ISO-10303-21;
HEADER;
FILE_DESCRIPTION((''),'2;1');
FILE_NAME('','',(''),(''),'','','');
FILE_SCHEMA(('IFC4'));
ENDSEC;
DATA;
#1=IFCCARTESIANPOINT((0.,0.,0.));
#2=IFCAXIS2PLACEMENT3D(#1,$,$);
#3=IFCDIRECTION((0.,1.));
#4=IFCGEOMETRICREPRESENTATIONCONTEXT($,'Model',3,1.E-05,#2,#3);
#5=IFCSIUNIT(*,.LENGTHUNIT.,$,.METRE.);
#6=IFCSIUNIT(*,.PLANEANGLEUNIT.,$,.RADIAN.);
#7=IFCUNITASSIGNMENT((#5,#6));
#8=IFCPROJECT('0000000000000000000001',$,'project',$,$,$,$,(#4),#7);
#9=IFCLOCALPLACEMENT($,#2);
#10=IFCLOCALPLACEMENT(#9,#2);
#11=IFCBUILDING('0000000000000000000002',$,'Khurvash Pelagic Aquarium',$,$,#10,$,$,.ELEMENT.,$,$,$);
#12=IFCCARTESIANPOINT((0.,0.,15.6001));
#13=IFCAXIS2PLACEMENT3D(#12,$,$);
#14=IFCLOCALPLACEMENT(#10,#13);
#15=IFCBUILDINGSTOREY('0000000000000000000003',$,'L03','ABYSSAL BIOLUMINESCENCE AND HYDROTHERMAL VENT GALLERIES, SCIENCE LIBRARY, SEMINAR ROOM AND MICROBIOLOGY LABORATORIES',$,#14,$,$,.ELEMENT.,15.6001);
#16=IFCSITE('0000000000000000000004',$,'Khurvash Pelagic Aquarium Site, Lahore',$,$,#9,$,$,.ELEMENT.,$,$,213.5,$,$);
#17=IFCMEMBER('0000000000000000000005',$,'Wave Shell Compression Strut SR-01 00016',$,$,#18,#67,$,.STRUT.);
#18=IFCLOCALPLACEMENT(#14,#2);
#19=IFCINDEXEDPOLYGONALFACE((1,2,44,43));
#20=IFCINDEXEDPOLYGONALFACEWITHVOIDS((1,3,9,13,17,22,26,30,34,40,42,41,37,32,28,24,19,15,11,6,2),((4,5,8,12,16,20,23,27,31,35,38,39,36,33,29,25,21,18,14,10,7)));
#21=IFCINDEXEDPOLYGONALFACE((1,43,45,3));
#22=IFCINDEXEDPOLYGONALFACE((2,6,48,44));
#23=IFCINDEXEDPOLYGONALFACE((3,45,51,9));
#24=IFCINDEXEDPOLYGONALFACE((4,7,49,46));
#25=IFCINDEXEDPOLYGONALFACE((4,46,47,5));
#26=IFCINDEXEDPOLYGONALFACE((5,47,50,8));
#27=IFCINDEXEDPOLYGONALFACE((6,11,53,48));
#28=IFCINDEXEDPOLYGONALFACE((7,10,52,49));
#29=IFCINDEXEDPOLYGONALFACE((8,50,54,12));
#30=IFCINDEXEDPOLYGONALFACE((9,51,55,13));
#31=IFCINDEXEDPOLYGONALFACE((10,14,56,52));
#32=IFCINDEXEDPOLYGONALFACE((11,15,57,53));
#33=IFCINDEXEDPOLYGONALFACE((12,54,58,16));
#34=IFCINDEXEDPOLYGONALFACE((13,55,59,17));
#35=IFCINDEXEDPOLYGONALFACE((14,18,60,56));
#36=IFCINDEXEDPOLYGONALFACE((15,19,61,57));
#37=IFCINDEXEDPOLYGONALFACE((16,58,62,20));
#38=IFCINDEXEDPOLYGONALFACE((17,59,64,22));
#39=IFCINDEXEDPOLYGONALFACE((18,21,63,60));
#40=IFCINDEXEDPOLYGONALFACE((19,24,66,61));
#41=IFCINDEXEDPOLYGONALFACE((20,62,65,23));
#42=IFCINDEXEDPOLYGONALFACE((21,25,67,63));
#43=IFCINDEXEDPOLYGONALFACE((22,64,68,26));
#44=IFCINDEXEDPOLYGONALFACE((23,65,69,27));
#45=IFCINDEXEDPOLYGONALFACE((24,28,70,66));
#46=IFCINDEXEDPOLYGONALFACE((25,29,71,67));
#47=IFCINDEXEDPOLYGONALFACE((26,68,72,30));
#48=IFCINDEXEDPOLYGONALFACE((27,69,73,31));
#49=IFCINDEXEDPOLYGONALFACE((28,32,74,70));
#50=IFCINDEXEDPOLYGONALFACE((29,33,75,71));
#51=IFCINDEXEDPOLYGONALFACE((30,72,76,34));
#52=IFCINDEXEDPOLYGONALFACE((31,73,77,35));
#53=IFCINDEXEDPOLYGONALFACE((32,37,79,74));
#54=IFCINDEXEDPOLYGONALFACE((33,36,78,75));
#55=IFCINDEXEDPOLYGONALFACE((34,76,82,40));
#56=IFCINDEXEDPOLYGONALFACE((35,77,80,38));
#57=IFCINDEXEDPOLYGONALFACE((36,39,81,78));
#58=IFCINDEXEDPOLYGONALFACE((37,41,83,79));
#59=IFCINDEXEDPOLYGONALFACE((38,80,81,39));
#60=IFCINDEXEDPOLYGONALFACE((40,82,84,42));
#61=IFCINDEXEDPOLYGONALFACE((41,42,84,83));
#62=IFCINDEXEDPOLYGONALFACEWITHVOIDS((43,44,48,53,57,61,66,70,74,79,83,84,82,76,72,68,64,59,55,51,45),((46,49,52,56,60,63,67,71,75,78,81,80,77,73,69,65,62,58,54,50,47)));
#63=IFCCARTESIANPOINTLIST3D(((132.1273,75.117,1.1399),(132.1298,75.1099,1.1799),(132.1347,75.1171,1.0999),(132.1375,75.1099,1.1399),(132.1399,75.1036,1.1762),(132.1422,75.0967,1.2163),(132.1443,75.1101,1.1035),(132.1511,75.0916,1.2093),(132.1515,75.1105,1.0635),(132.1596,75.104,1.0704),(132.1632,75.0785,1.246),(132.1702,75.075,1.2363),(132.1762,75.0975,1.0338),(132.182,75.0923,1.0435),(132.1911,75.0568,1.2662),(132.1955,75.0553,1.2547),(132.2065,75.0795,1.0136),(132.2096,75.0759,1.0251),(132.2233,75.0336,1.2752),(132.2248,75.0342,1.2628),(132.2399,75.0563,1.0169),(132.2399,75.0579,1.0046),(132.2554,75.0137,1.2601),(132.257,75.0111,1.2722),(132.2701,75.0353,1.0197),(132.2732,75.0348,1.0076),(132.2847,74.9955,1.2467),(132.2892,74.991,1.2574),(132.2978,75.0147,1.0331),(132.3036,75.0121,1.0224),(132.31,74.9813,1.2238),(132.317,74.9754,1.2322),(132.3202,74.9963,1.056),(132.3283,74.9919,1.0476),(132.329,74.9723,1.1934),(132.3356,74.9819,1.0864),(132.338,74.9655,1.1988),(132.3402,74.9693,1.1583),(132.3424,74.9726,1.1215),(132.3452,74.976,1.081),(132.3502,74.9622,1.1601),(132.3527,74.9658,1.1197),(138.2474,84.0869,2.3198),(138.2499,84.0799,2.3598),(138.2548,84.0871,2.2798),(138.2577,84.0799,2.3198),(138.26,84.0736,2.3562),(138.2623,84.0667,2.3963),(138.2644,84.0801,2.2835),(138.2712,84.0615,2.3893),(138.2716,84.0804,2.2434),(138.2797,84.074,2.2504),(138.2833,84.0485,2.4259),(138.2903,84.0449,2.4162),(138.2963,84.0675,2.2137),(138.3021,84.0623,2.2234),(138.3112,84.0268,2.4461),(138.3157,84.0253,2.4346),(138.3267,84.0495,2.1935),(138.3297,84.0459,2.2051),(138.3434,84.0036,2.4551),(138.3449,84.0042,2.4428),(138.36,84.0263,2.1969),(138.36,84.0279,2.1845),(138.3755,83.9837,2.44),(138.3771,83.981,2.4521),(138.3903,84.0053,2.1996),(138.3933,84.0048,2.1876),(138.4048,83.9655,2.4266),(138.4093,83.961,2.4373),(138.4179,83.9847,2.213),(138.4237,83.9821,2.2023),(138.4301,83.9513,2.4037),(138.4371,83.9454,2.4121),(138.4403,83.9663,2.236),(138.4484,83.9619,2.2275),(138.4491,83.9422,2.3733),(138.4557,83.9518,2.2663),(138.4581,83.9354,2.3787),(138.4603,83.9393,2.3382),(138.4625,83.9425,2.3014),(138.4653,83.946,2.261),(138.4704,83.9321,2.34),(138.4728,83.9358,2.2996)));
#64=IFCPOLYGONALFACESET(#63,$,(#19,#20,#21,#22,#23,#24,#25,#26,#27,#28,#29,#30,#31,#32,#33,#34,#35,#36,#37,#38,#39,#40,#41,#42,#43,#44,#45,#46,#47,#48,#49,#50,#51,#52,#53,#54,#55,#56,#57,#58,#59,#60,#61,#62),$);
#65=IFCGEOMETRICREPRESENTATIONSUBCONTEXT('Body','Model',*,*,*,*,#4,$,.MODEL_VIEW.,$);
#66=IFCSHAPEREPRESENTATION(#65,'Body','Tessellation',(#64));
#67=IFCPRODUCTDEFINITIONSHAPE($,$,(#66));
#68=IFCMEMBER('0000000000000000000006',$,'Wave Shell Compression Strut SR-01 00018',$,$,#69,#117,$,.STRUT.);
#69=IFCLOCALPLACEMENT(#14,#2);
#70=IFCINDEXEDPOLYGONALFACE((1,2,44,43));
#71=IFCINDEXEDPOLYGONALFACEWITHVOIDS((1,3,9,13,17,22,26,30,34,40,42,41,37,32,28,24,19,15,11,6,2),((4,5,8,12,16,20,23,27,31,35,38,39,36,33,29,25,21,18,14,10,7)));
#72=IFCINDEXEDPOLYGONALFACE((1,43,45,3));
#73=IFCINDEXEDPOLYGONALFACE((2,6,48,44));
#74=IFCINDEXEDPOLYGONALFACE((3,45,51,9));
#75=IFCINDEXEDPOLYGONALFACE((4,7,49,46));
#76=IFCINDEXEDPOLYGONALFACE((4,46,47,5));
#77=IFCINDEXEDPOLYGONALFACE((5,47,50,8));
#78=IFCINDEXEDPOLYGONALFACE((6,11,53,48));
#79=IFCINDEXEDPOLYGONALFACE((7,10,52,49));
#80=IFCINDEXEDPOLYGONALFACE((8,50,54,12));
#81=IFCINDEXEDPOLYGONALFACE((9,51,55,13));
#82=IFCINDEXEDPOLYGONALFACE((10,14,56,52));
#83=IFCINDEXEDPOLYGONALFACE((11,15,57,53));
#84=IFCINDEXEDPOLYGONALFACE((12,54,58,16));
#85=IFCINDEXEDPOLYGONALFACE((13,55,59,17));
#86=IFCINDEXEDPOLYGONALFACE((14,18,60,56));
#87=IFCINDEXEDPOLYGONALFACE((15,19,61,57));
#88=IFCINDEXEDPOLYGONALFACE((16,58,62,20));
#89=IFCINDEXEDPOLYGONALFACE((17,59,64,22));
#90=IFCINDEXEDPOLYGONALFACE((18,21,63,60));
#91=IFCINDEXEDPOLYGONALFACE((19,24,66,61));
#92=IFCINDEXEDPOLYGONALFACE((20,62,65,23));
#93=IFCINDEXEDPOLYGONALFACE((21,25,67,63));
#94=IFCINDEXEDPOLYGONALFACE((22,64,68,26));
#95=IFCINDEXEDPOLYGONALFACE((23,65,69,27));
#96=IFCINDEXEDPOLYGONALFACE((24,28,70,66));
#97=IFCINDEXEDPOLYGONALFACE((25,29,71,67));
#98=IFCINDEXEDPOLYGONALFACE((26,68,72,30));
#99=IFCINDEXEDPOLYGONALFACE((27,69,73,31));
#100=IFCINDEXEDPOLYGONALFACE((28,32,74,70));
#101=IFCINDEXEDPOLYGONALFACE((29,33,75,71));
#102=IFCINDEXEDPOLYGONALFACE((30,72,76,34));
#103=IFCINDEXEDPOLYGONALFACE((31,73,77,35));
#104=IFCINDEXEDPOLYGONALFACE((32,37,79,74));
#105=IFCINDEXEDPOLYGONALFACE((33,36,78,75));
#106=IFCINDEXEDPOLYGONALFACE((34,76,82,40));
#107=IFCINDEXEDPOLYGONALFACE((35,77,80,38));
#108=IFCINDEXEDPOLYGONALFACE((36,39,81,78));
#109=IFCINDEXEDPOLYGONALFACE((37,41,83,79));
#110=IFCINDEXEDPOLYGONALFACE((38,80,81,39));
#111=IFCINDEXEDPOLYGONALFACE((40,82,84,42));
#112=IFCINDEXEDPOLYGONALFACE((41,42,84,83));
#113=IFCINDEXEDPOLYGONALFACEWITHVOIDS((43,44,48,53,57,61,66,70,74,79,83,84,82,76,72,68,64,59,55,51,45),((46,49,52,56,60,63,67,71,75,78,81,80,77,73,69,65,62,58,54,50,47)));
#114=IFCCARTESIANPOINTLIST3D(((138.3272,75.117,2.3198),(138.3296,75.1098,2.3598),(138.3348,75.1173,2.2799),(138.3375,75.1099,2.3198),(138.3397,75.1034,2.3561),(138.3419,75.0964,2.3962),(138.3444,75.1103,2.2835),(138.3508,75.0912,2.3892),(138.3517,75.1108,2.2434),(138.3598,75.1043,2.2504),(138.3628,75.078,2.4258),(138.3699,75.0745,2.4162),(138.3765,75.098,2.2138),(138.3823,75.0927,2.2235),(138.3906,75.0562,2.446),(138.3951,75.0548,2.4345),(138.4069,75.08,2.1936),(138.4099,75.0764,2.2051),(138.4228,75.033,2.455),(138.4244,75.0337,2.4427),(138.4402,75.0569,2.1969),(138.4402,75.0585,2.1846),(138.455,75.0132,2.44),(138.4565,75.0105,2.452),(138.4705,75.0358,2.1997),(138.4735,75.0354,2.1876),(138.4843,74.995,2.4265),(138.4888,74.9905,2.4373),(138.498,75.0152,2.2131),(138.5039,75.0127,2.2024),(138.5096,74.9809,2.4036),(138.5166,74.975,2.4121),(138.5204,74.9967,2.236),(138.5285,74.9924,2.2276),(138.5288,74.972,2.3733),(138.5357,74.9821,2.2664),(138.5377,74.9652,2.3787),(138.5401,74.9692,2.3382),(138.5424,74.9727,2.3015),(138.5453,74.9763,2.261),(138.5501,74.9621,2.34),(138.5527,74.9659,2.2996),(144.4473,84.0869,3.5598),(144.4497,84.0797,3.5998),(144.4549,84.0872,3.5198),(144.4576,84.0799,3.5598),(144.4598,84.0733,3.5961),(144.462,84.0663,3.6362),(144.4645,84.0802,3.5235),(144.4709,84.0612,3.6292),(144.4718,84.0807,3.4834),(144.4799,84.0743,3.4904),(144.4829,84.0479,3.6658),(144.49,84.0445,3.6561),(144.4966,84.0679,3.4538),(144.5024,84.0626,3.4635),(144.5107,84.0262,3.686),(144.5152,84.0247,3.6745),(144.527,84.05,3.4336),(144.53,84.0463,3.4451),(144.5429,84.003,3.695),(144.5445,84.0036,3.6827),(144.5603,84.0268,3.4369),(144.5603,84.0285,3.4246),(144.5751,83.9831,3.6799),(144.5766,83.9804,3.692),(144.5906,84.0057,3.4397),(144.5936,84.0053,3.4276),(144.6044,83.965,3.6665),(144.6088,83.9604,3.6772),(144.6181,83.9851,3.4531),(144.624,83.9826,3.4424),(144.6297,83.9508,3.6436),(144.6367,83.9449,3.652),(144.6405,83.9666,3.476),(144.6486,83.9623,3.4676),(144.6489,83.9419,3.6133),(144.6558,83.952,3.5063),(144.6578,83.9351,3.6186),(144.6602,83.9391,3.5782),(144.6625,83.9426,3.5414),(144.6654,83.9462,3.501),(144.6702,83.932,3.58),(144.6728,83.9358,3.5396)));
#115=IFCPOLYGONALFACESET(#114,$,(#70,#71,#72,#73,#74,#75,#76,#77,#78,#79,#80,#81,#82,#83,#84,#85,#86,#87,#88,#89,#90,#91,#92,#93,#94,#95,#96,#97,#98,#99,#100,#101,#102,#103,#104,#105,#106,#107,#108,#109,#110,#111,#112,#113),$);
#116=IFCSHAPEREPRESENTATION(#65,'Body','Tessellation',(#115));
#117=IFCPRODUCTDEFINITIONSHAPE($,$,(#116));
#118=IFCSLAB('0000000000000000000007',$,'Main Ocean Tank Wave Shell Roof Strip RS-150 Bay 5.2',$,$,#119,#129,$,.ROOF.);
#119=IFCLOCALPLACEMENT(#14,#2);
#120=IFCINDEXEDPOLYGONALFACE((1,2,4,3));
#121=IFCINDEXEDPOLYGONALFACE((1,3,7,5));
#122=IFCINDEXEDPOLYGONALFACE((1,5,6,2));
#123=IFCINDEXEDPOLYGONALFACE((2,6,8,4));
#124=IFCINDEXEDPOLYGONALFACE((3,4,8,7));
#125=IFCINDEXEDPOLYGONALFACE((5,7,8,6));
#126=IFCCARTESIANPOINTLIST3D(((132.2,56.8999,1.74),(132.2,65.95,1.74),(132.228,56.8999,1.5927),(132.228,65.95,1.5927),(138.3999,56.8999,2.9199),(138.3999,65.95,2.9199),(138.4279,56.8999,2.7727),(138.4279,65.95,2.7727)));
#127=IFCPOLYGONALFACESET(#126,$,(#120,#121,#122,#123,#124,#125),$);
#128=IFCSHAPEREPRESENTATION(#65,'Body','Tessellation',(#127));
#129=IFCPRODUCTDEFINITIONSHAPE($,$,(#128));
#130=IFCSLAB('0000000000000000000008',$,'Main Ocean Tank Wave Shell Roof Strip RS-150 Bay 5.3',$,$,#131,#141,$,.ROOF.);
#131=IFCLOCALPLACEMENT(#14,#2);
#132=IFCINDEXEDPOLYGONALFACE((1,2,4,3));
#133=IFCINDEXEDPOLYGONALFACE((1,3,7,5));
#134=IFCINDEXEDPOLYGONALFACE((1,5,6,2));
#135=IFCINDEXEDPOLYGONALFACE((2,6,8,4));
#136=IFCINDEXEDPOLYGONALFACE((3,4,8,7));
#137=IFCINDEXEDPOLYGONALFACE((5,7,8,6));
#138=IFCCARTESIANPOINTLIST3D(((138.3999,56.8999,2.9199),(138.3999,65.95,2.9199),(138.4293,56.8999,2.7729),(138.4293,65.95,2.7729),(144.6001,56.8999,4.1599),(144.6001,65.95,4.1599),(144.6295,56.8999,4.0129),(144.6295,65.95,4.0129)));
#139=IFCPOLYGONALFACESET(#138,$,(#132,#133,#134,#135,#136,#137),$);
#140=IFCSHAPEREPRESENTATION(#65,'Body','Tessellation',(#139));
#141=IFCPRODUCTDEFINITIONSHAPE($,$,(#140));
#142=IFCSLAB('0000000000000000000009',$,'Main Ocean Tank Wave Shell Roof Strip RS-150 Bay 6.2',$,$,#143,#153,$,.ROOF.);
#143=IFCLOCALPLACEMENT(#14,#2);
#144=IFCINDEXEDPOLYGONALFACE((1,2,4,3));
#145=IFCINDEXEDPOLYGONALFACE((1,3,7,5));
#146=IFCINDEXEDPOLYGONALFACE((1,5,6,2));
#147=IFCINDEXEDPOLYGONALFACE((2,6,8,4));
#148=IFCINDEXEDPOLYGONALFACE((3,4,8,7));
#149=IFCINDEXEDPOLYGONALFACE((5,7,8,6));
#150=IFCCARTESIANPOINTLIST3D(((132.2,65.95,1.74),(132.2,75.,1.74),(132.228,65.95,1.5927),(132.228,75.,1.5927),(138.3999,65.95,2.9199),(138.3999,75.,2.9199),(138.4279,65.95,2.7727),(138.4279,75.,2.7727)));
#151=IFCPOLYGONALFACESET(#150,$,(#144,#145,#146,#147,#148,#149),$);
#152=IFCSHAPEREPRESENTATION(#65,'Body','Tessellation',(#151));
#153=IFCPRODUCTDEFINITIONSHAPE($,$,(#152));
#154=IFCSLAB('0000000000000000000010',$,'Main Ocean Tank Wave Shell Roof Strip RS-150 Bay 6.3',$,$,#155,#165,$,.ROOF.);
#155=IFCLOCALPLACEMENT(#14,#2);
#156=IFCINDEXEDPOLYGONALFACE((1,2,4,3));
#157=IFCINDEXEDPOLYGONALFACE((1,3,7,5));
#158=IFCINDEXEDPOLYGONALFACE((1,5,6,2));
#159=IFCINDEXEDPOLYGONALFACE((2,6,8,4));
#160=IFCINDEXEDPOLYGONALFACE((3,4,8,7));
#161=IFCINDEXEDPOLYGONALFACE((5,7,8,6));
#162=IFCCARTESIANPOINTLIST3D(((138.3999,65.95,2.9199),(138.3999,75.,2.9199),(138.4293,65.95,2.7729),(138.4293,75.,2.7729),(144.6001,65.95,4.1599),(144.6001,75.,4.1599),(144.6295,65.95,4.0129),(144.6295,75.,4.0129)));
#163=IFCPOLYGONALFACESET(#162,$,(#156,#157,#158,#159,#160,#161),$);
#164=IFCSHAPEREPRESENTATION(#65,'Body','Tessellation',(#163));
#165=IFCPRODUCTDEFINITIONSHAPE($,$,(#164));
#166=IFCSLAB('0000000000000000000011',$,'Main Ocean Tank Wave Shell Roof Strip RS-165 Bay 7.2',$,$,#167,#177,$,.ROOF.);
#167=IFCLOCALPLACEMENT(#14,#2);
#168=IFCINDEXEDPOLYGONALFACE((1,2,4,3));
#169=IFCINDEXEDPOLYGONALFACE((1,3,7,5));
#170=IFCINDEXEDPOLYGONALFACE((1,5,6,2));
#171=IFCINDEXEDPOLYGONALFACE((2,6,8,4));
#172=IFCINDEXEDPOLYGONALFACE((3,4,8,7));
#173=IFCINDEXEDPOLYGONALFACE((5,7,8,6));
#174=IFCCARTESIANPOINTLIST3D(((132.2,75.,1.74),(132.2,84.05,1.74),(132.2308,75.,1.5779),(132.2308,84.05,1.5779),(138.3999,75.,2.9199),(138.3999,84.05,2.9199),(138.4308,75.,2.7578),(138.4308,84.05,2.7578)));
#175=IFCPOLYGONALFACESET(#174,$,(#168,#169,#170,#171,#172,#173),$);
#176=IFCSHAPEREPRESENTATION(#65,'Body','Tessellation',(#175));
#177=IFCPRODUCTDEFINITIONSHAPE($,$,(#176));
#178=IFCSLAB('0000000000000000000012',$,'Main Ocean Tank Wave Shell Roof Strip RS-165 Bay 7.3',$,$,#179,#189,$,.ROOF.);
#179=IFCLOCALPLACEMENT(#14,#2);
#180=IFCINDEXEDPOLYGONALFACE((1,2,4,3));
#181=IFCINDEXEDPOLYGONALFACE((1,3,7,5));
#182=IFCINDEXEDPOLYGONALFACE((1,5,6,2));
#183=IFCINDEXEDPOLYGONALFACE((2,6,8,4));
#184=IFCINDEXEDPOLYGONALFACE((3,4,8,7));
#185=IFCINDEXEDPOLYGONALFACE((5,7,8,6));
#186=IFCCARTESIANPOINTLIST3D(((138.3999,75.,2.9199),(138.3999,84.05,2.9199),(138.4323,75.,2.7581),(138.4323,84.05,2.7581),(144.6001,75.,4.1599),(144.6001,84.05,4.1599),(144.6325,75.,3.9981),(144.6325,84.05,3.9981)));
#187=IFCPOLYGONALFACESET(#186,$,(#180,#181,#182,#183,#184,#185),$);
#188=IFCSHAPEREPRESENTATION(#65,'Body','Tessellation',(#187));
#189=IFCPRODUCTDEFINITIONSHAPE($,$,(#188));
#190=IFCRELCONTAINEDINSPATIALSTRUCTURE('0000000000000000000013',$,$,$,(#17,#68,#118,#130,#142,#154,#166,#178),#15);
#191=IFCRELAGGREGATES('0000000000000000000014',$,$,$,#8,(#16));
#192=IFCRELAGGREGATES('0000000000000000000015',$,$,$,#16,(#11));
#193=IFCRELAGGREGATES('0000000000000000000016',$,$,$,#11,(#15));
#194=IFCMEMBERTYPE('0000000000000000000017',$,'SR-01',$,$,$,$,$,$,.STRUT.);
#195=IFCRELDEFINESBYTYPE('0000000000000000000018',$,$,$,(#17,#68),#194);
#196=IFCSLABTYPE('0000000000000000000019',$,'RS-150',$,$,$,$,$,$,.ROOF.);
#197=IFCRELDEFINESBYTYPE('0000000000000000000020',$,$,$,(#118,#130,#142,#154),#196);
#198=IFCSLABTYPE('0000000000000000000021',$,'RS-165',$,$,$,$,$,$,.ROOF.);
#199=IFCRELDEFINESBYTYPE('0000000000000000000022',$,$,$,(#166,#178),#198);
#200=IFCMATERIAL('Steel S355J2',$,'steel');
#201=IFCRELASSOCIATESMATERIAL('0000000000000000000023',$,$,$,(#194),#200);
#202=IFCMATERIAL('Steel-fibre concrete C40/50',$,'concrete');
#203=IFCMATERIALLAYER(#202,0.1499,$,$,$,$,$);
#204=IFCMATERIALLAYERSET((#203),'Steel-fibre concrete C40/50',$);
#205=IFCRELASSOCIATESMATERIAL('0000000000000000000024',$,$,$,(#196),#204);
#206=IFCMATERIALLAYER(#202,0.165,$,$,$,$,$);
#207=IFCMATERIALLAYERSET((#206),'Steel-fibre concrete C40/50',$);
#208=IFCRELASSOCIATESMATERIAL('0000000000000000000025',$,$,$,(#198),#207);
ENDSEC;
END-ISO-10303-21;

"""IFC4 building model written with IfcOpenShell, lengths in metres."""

from ifc_helpers import new_model, si_unit, direction, frame, origin, origin_2d, place, context, subcontext, project, spatial, polyline, hollow_circle, outline, extrude, material, layer, layer_set, material_profile, profile_set, type_object, element, save


model = new_model("IFC4")

# Units and contexts
model_context = context("Model", 3, precision=1e-05, world=origin(), true_north=direction((0.0, 1.0)))
body_context = subcontext(model_context, "Body", "Model", "MODEL_VIEW")
ifc_project = project(units=[si_unit("LENGTHUNIT", "METRE"), si_unit("PLANEANGLEUNIT", "RADIAN")], contexts=[model_context])

# Site, building, storey
site_placement = place(None, origin())
site = spatial("IfcSite", under=ifc_project, at=site_placement, Name="Khurvash Pelagic Aquarium Site, Lahore", CompositionType="ELEMENT", RefElevation=213.5)
building_placement = place(site_placement, origin())
building = spatial("IfcBuilding", under=site, at=building_placement, Name="Khurvash Pelagic Aquarium", CompositionType="ELEMENT")
storey_placement = place(building_placement, frame((0.0, 0.0, 15.6001)))
storey = spatial("IfcBuildingStorey", under=building, at=storey_placement, Name="L03", Description="ABYSSAL BIOLUMINESCENCE AND HYDROTHERMAL VENT GALLERIES, SCIENCE LIBRARY, SEMINAR ROOM AND MICROBIOLOGY LABORATORIES", CompositionType="ELEMENT", Elevation=15.6001)

# Shared definitions
ifc_material_1 = material(Name="Steel-fibre concrete C40/50", Category="concrete")

# Shared definitions
ifc_material_2 = material(Name="Steel S355J2", Category="steel")

# Members
ifc_material_profile_1 = material_profile(ifc_material_2, hollow_circle(Radius=0.1365, WallThickness=0.0125, at=origin_2d()), Name="CHS273X12")
ifc_profile_set_1 = profile_set([ifc_material_profile_1], Name="Steel S355J2")
member_type_1 = type_object("IfcMemberType", Name="SR-01", PredefinedType="STRUT", material=ifc_profile_set_1)
member_1_placement = place(storey_placement, frame((132.24, 75.04, 1.1399), z_axis=(0.560305, 0.821212, 0.108024), x_axis=(-0.826046, 0.563603, 0.0)))
element("IfcMember", 1, at=member_1_placement, inside=storey, type_object=member_type_1, Name="Wave Shell Compression Strut SR-01 00016", PredefinedType="STRUT", context=body_context, shape_type="SweptSolid", body=[
    extrude(hollow_circle(Radius=0.1365, WallThickness=0.0125, at=origin_2d()), origin(), (0.0, 0.0, 1.0), 10.9229),
])
member_2_placement = place(storey_placement, frame((138.4399, 75.04, 2.3198), z_axis=(0.559964, 0.820713, 0.113454), x_axis=(-0.826046, 0.563603, 0.0)))
element("IfcMember", 2, at=member_2_placement, inside=storey, type_object=member_type_1, Name="Wave Shell Compression Strut SR-01 00018", PredefinedType="STRUT", context=body_context, shape_type="SweptSolid", body=[
    extrude(hollow_circle(Radius=0.1365, WallThickness=0.0125, at=origin_2d()), origin(), (0.0, 0.0, 1.0), 10.9294),
])

# Slabs
ifc_layer_1 = layer(ifc_material_1, 0.1499)
ifc_layer_set_1 = layer_set([ifc_layer_1], Name="Steel-fibre concrete C40/50")
slab_type_1 = type_object("IfcSlabType", Name="RS-150", PredefinedType="ROOF", material=ifc_layer_set_1)
slab_1_placement = place(storey_placement, frame((132.2, 56.8999, 1.74), z_axis=(-0.186957, 0.0, 0.982368), x_axis=(0.982368, 0.0, 0.186957)))
element("IfcSlab", 3, at=slab_1_placement, inside=storey, type_object=slab_type_1, Name="Main Ocean Tank Wave Shell Roof Strip RS-150 Bay 5.2", PredefinedType="ROOF", context=body_context, shape_type="SweptSolid", body=[
    extrude(outline(polyline([(0.0, 0.0), (6.3112, 0.0), (6.3112, 9.05), (0.0, 9.05), (0.0, 0.0)])), origin(), (0.0, 0.0, -1.0), 0.1499),
])
slab_2_placement = place(storey_placement, frame((138.3999, 56.8999, 2.9199), z_axis=(-0.196109, 0.0, 0.980582), x_axis=(0.980582, 0.0, 0.196109)))
element("IfcSlab", 4, at=slab_2_placement, inside=storey, type_object=slab_type_1, Name="Main Ocean Tank Wave Shell Roof Strip RS-150 Bay 5.3", PredefinedType="ROOF", context=body_context, shape_type="SweptSolid", body=[
    extrude(outline(polyline([(0.0, 0.0), (6.323, 0.0), (6.323, 9.05), (0.0, 9.05), (0.0, 0.0)])), origin(), (0.0, 0.0, -1.0), 0.1499),
])
slab_3_placement = place(storey_placement, frame((132.2, 65.95, 1.74), z_axis=(-0.186957, 0.0, 0.982368), x_axis=(0.982368, 0.0, 0.186957)))
element("IfcSlab", 5, at=slab_3_placement, inside=storey, type_object=slab_type_1, Name="Main Ocean Tank Wave Shell Roof Strip RS-150 Bay 6.2", PredefinedType="ROOF", context=body_context, shape_type="SweptSolid", body=[
    extrude(outline(polyline([(0.0, 0.0), (6.3112, 0.0), (6.3112, 9.05), (0.0, 9.05), (0.0, 0.0)])), origin(), (0.0, 0.0, -1.0), 0.1499),
])
slab_4_placement = place(storey_placement, frame((138.3999, 65.95, 2.9199), z_axis=(-0.196109, 0.0, 0.980582), x_axis=(0.980582, 0.0, 0.196109)))
element("IfcSlab", 6, at=slab_4_placement, inside=storey, type_object=slab_type_1, Name="Main Ocean Tank Wave Shell Roof Strip RS-150 Bay 6.3", PredefinedType="ROOF", context=body_context, shape_type="SweptSolid", body=[
    extrude(outline(polyline([(0.0, 0.0), (6.323, 0.0), (6.323, 9.05), (0.0, 9.05), (0.0, 0.0)])), origin(), (0.0, 0.0, -1.0), 0.1499),
])
ifc_layer_2 = layer(ifc_material_1, 0.165)
ifc_layer_set_2 = layer_set([ifc_layer_2], Name="Steel-fibre concrete C40/50")
slab_type_2 = type_object("IfcSlabType", Name="RS-165", PredefinedType="ROOF", material=ifc_layer_set_2)
slab_5_placement = place(storey_placement, frame((132.2, 75.0, 1.74), z_axis=(-0.186957, 0.0, 0.982368), x_axis=(0.982368, 0.0, 0.186957)))
element("IfcSlab", 7, at=slab_5_placement, inside=storey, type_object=slab_type_2, Name="Main Ocean Tank Wave Shell Roof Strip RS-165 Bay 7.2", PredefinedType="ROOF", context=body_context, shape_type="SweptSolid", body=[
    extrude(outline(polyline([(0.0, 0.0), (6.3112, 0.0), (6.3112, 9.05), (0.0, 9.05), (0.0, 0.0)])), origin(), (0.0, 0.0, -1.0), 0.165),
])
slab_6_placement = place(storey_placement, frame((138.3999, 75.0, 2.9199), z_axis=(-0.196109, 0.0, 0.980582), x_axis=(0.980582, 0.0, 0.196109)))
element("IfcSlab", 8, at=slab_6_placement, inside=storey, type_object=slab_type_2, Name="Main Ocean Tank Wave Shell Roof Strip RS-165 Bay 7.3", PredefinedType="ROOF", context=body_context, shape_type="SweptSolid", body=[
    extrude(outline(polyline([(0.0, 0.0), (6.323, 0.0), (6.323, 9.05), (0.0, 9.05), (0.0, 0.0)])), origin(), (0.0, 0.0, -1.0), 0.165),
])

save(model, "model.ifc")
